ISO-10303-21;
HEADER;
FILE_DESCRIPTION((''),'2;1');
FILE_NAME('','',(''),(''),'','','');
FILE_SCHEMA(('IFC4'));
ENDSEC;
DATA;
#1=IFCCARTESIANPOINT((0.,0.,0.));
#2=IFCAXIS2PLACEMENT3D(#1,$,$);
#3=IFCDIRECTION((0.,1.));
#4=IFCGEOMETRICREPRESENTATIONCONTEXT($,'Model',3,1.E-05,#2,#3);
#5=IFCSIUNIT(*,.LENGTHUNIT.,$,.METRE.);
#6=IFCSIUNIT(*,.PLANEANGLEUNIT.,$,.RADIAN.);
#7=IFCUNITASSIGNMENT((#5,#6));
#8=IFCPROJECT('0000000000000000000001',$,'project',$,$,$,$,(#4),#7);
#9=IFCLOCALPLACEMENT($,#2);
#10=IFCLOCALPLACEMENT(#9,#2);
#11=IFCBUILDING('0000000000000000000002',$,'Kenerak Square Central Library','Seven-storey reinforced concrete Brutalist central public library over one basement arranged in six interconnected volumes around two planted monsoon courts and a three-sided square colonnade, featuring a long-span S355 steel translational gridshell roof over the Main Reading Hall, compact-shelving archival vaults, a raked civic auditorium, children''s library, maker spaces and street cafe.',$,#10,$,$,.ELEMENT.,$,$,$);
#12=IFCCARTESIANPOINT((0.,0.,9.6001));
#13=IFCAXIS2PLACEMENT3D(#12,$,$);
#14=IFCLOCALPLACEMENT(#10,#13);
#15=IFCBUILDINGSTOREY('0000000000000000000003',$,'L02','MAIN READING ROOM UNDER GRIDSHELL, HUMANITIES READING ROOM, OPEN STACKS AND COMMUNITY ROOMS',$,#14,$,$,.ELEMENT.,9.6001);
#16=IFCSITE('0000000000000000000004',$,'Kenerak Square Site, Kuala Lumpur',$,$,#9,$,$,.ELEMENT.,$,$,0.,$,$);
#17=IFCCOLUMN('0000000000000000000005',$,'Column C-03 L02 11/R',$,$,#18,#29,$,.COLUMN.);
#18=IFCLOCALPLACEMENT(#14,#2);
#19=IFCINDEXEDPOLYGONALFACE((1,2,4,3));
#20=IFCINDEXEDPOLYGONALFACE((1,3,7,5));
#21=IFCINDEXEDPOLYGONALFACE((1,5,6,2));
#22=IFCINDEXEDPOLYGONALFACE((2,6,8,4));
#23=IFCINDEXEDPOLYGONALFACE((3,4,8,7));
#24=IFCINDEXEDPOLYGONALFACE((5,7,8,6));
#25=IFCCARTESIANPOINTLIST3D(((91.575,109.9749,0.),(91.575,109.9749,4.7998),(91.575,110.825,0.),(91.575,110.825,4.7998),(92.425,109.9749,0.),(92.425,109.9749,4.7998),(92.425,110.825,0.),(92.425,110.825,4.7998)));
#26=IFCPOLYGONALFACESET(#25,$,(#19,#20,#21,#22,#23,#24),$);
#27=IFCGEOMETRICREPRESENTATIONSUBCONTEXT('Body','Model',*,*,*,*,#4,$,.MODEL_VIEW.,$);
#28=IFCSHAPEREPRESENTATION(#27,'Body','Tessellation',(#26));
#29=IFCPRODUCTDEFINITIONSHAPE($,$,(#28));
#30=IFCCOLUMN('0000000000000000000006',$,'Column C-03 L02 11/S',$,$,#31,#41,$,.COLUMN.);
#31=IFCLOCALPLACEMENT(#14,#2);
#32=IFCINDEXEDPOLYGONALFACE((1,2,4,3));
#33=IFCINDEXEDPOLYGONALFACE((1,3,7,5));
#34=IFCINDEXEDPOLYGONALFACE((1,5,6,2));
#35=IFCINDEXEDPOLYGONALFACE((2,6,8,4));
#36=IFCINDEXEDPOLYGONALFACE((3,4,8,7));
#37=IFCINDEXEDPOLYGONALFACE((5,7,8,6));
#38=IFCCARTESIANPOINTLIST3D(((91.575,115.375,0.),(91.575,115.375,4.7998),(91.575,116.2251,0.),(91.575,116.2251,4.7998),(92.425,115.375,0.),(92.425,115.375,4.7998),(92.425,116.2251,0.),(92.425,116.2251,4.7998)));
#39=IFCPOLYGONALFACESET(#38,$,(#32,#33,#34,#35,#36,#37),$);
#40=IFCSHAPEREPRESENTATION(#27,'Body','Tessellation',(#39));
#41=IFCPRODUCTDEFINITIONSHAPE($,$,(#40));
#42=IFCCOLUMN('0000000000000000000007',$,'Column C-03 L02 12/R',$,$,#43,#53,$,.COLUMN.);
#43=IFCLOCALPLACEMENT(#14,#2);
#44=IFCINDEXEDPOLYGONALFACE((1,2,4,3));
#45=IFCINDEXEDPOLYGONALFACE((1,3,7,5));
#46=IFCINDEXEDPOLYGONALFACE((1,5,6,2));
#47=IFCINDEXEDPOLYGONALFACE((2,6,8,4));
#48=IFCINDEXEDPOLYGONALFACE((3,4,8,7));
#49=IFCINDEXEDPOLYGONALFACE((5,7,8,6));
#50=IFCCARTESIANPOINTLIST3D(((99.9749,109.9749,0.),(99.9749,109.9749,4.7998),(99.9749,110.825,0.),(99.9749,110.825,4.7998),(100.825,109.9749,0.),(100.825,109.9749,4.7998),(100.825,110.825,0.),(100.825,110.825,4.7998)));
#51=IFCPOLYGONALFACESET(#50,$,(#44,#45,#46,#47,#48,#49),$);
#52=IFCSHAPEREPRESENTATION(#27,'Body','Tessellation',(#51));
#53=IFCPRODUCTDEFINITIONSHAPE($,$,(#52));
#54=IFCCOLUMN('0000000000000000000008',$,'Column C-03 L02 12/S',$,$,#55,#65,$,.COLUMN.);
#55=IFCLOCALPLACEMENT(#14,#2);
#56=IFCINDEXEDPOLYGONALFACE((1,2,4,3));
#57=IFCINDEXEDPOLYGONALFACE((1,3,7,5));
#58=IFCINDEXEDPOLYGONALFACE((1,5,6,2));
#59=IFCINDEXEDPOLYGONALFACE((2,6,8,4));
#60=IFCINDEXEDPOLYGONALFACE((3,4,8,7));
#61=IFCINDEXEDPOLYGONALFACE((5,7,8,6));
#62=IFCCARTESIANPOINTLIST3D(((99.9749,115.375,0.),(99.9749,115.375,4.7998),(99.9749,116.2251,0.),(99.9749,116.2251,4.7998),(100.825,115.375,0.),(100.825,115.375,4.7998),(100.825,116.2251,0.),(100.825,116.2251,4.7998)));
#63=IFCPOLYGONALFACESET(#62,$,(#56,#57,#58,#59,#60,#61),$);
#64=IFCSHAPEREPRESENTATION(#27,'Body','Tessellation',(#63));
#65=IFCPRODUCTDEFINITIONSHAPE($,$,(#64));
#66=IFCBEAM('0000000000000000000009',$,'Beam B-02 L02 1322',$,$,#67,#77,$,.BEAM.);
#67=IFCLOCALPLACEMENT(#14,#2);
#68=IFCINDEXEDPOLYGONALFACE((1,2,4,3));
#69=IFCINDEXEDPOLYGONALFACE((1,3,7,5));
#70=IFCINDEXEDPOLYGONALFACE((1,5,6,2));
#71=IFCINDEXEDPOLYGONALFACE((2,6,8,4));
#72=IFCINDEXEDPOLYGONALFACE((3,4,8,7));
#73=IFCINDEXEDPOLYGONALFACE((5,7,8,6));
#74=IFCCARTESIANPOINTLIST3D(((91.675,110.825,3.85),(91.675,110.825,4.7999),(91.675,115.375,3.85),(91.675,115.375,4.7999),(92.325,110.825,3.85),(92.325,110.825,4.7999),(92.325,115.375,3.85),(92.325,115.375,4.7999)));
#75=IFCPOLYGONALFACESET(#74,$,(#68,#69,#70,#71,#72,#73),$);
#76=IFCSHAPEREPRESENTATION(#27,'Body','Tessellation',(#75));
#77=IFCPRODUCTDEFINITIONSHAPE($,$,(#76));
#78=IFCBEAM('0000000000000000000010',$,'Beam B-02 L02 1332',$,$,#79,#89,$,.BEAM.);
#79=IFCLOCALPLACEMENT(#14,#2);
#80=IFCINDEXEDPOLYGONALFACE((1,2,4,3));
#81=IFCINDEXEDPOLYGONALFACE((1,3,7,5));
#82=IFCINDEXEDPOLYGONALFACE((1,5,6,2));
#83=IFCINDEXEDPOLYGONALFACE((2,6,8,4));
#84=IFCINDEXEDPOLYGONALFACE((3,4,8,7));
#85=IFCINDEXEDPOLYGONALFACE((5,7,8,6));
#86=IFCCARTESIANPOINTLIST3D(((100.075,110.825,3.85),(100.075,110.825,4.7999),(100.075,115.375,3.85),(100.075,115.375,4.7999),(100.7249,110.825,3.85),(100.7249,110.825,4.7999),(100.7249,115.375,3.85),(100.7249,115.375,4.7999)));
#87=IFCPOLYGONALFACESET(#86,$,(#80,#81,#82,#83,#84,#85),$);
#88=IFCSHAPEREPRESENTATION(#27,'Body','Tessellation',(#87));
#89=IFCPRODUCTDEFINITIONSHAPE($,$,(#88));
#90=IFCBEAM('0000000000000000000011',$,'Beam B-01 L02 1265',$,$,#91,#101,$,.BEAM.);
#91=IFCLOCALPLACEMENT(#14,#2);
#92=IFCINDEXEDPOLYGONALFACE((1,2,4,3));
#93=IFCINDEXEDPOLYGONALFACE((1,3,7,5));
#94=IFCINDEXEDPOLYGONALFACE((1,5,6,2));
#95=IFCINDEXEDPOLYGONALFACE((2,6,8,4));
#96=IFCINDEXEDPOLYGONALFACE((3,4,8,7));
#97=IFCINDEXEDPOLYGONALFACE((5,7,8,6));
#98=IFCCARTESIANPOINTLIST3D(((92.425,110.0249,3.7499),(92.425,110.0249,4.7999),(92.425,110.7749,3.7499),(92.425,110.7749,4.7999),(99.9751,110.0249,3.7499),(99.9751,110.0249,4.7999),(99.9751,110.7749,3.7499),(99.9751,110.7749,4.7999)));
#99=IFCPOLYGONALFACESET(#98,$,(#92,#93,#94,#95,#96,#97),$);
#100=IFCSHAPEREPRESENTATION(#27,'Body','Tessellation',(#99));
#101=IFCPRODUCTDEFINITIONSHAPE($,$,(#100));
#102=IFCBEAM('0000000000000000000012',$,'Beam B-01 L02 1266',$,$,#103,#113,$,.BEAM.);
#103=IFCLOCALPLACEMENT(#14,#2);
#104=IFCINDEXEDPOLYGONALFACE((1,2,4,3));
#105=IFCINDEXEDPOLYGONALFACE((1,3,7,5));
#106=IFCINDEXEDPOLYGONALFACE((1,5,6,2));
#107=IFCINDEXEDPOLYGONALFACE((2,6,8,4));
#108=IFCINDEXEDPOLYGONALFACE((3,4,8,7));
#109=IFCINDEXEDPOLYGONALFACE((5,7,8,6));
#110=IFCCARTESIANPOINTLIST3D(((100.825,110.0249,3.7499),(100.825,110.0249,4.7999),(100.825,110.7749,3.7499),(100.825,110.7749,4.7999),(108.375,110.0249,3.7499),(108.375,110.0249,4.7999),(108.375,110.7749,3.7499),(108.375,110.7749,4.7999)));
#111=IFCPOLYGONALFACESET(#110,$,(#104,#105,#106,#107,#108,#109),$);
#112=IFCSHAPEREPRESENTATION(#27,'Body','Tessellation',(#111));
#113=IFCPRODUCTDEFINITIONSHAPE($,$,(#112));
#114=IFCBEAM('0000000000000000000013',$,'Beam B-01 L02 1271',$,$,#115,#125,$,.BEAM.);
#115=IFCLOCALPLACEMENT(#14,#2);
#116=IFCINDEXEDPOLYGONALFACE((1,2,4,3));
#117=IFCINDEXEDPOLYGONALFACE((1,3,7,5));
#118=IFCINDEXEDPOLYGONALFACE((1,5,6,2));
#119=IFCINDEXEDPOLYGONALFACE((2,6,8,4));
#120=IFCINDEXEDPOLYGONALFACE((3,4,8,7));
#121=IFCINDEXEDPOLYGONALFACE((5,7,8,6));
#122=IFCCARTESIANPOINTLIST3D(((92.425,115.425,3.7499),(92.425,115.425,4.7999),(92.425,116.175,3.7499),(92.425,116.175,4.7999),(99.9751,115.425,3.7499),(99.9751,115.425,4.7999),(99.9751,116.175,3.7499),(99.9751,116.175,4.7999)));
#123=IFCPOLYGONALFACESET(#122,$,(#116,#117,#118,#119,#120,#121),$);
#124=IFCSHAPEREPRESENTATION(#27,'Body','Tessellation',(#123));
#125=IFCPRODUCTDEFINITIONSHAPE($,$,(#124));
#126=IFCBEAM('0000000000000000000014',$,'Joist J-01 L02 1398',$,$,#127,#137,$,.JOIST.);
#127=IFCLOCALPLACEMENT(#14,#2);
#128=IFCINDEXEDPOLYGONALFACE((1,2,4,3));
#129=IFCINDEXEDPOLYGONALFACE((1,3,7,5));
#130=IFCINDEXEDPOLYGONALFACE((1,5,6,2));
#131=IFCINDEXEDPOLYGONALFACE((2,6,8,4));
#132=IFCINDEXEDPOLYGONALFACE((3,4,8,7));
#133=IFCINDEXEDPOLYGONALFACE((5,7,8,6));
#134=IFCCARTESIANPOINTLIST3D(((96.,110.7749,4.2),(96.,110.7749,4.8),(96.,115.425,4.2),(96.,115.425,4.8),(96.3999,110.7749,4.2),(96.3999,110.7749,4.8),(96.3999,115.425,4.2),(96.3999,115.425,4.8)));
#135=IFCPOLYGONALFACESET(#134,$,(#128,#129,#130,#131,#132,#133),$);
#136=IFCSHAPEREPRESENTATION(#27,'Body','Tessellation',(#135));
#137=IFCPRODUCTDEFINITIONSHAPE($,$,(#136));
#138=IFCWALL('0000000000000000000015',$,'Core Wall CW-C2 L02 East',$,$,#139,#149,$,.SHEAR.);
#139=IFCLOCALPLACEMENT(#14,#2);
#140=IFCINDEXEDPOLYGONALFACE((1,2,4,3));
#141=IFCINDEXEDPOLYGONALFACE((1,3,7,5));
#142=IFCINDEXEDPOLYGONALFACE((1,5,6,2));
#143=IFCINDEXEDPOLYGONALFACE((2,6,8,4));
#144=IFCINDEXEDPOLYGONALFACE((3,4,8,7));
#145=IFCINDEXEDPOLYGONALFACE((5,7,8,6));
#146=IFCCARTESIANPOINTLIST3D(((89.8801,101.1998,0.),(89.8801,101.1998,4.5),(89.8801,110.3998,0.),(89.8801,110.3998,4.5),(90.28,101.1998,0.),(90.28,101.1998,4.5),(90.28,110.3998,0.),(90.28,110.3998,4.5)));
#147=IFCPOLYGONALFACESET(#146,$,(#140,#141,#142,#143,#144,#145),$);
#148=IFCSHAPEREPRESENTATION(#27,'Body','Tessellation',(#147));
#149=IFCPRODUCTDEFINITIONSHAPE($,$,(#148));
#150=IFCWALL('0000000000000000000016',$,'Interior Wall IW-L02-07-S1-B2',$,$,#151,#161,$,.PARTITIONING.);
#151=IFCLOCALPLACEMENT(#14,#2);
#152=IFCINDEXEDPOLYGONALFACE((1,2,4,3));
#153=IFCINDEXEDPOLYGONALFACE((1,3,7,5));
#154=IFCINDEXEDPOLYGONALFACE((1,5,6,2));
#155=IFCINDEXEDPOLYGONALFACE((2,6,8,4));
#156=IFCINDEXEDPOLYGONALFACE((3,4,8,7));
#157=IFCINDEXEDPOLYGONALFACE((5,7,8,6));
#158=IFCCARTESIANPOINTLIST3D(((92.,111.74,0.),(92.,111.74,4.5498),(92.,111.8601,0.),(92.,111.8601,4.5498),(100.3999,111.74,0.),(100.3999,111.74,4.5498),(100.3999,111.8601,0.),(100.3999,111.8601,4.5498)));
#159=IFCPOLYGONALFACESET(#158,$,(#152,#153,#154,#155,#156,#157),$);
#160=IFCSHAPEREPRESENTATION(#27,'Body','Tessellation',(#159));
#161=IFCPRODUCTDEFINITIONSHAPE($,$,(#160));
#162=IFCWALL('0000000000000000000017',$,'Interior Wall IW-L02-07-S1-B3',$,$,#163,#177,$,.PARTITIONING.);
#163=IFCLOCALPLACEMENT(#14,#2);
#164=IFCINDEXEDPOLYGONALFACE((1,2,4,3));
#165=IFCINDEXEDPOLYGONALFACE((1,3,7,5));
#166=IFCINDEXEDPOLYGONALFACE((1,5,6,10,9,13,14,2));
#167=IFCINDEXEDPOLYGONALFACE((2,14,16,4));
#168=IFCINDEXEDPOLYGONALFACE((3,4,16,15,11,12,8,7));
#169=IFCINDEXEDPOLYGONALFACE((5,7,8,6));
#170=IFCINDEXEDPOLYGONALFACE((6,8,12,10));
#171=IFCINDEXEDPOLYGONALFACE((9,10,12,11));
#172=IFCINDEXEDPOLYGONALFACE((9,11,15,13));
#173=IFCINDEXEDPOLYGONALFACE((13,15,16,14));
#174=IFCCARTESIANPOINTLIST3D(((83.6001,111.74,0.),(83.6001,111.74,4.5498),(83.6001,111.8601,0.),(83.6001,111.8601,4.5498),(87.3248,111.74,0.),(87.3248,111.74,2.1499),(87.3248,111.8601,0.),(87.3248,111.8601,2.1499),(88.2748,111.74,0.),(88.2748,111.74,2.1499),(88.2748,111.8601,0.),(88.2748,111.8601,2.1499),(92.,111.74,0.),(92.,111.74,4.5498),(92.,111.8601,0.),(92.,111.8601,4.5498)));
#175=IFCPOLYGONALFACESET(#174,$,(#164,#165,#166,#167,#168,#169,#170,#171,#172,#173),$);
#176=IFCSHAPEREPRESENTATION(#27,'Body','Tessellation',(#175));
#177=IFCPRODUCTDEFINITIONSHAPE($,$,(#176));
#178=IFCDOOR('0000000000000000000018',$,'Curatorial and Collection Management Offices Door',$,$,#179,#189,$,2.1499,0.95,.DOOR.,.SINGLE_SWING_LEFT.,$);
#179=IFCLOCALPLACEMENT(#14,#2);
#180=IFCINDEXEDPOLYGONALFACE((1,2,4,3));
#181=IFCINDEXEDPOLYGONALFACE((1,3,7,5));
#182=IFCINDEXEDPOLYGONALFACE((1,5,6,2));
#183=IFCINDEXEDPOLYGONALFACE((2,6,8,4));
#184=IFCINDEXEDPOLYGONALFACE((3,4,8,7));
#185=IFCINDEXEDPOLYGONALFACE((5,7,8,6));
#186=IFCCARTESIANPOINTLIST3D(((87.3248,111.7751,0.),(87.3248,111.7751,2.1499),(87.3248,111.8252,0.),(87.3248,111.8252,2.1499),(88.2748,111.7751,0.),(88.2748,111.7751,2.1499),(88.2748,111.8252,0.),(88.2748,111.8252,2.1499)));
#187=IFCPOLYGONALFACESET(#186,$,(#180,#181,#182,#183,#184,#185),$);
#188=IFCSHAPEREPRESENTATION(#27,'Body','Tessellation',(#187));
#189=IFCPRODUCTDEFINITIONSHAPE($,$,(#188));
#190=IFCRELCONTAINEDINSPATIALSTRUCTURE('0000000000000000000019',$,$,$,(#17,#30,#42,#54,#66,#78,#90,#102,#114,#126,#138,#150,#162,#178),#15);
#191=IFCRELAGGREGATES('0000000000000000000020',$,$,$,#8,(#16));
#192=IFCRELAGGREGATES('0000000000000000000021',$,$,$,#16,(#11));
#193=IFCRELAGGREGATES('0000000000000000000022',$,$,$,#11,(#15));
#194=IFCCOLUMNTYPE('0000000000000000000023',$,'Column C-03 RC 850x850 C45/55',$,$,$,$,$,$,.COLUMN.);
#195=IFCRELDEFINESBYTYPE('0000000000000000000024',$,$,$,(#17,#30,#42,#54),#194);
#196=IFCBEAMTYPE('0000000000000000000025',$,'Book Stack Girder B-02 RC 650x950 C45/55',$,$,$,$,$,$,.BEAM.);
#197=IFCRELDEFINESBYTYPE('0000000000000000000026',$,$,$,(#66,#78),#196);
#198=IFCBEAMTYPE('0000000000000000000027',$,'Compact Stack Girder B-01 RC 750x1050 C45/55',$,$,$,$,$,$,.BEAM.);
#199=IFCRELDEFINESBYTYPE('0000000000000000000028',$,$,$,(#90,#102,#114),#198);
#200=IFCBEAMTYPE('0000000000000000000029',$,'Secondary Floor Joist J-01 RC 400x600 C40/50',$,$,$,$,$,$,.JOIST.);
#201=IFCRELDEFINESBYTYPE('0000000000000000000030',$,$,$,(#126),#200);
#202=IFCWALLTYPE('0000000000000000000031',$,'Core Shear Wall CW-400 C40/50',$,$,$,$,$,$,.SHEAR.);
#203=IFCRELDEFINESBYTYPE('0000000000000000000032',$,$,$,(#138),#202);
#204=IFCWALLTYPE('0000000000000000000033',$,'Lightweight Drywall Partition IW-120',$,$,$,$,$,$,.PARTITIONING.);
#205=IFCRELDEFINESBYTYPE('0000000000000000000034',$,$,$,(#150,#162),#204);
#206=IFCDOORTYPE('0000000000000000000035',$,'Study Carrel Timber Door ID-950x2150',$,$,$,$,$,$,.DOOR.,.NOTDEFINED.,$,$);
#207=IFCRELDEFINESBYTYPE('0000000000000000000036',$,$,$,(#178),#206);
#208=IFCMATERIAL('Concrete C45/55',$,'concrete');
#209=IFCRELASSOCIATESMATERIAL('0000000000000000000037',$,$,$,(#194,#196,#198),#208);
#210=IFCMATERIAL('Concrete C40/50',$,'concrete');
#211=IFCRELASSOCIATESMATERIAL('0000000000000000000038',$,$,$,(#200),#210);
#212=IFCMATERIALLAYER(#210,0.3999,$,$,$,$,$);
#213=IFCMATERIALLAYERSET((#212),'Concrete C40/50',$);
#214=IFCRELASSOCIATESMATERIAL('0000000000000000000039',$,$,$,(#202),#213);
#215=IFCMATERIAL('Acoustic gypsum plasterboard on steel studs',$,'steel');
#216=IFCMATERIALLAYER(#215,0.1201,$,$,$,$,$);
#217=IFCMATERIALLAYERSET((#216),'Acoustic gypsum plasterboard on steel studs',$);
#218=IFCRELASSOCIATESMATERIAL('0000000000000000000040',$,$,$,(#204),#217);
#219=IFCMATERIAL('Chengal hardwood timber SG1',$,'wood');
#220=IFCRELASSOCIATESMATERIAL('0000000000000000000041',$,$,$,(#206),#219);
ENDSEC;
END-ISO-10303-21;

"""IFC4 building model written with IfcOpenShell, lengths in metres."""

from ifc_helpers import new_model, si_unit, direction, frame, frame_2d, origin, origin_2d, place, context, subcontext, project, spatial, rectangle, extrude, material, layer, layer_set, material_profile, profile_set, type_object, element, fill, save


model = new_model("IFC4")

# Units and contexts
model_context = context("Model", 3, precision=1e-05, world=origin(), true_north=direction((0.0, 1.0)))
body_context = subcontext(model_context, "Body", "Model", "MODEL_VIEW")
ifc_project = project(units=[si_unit("LENGTHUNIT", "METRE"), si_unit("PLANEANGLEUNIT", "RADIAN")], contexts=[model_context])

# Site, building, storey
site_placement = place(None, origin())
site = spatial("IfcSite", under=ifc_project, at=site_placement, Name="Kenerak Square Site, Kuala Lumpur", CompositionType="ELEMENT", RefElevation=0.0)
building_placement = place(site_placement, origin())
building = spatial("IfcBuilding", under=site, at=building_placement, Name="Kenerak Square Central Library", Description="Seven-storey reinforced concrete Brutalist central public library over one basement arranged in six interconnected volumes around two planted monsoon courts and a three-sided square colonnade, featuring a long-span S355 steel translational gridshell roof over the Main Reading Hall, compact-shelving archival vaults, a raked civic auditorium, children's library, maker spaces and street cafe.", CompositionType="ELEMENT")
storey_placement = place(building_placement, frame((0.0, 0.0, 9.6001)))
storey = spatial("IfcBuildingStorey", under=building, at=storey_placement, Name="L02", Description="MAIN READING ROOM UNDER GRIDSHELL, HUMANITIES READING ROOM, OPEN STACKS AND COMMUNITY ROOMS", CompositionType="ELEMENT", Elevation=9.6001)

# Columns
ifc_material_1 = material(Name="Concrete C45/55", Category="concrete")
ifc_material_profile_1 = material_profile(ifc_material_1, rectangle(XDim=0.8501, YDim=0.8501, at=origin_2d()), Name="RC 850x850")
ifc_profile_set_1 = profile_set([ifc_material_profile_1], Name="Concrete C45/55")
column_type = type_object("IfcColumnType", Name="Column C-03 RC 850x850 C45/55", PredefinedType="COLUMN", material=ifc_profile_set_1)
for number, where, z_axis, x_axis, name in (
    (1, (92.0, 110.3999, 0.0), (0.0, 0.0, 1.0), (1.0, 0.0, 0.0), "Column C-03 L02 11/R"),
    (2, (92.0, 115.8, 0.0), (0.0, 0.0, 1.0), (1.0, 0.0, 0.0), "Column C-03 L02 11/S"),
    (3, (100.3999, 110.3999, 0.0), (0.0, 0.0, 1.0), (1.0, 0.0, 0.0), "Column C-03 L02 12/R"),
    (4, (100.3999, 115.8, 0.0), (0.0, 0.0, 1.0), (1.0, 0.0, 0.0), "Column C-03 L02 12/S"),
):
    element("IfcColumn", number, at=place(storey_placement, frame(where, z_axis=z_axis, x_axis=x_axis)), inside=storey, type_object=column_type, Name=name, PredefinedType="COLUMN", context=body_context, shape_type="SweptSolid", body=[
        extrude(rectangle(XDim=0.8501, YDim=0.8501, at=origin_2d()), origin(), (0.0, 0.0, 1.0), 4.7998),
    ])

# Beams
ifc_material_profile_2 = material_profile(ifc_material_1, rectangle(XDim=0.6499, YDim=0.95, at=origin_2d()), Name="RC 650x950")
ifc_profile_set_2 = profile_set([ifc_material_profile_2], Name="Concrete C45/55")
beam_type_1 = type_object("IfcBeamType", Name="Book Stack Girder B-02 RC 650x950 C45/55", PredefinedType="BEAM", material=ifc_profile_set_2)
for number, where, z_axis, x_axis, name in (
    (5, (92.0, 110.825, 4.325), (0.0, 1.0, 0.0), (-1.0, 0.0, 0.0), "Beam B-02 L02 1322"),
    (6, (100.3999, 110.825, 4.325), (0.0, 1.0, 0.0), (-1.0, 0.0, 0.0), "Beam B-02 L02 1332"),
):
    element("IfcBeam", number, at=place(storey_placement, frame(where, z_axis=z_axis, x_axis=x_axis)), inside=storey, type_object=beam_type_1, Name=name, PredefinedType="BEAM", context=body_context, shape_type="SweptSolid", body=[
        extrude(rectangle(XDim=0.6499, YDim=0.95, at=origin_2d()), origin(), (0.0, 0.0, 1.0), 4.55),
    ])
ifc_material_profile_3 = material_profile(ifc_material_1, rectangle(XDim=0.75, YDim=1.05, at=origin_2d()), Name="RC 750x1050")
ifc_profile_set_3 = profile_set([ifc_material_profile_3], Name="Concrete C45/55")
beam_type_2 = type_object("IfcBeamType", Name="Compact Stack Girder B-01 RC 750x1050 C45/55", PredefinedType="BEAM", material=ifc_profile_set_3)
for number, where, z_axis, x_axis, name in (
    (7, (92.425, 110.3999, 4.2749), (1.0, 0.0, 0.0), (0.0, 1.0, 0.0), "Beam B-01 L02 1265"),
    (8, (100.825, 110.3999, 4.2749), (1.0, 0.0, 0.0), (0.0, 1.0, 0.0), "Beam B-01 L02 1266"),
    (9, (92.425, 115.8, 4.2749), (1.0, 0.0, 0.0), (0.0, 1.0, 0.0), "Beam B-01 L02 1271"),
):
    element("IfcBeam", number, at=place(storey_placement, frame(where, z_axis=z_axis, x_axis=x_axis)), inside=storey, type_object=beam_type_2, Name=name, PredefinedType="BEAM", context=body_context, shape_type="SweptSolid", body=[
        extrude(rectangle(XDim=0.75, YDim=1.05, at=origin_2d()), origin(), (0.0, 0.0, 1.0), 7.55),
    ])
ifc_material_2 = material(Name="Concrete C40/50", Category="concrete")
ifc_material_profile_4 = material_profile(ifc_material_2, rectangle(XDim=0.3999, YDim=0.6001, at=origin_2d()), Name="RC 400x600")
ifc_profile_set_4 = profile_set([ifc_material_profile_4], Name="Concrete C40/50")
beam_type_3 = type_object("IfcBeamType", Name="Secondary Floor Joist J-01 RC 400x600 C40/50", PredefinedType="JOIST", material=ifc_profile_set_4)
beam_placement = place(storey_placement, frame((96.2, 110.7749, 4.5), z_axis=(0.0, 1.0, 0.0), x_axis=(-1.0, 0.0, 0.0)))
element("IfcBeam", 10, at=beam_placement, inside=storey, type_object=beam_type_3, Name="Joist J-01 L02 1398", PredefinedType="JOIST", context=body_context, shape_type="SweptSolid", body=[
    extrude(rectangle(XDim=0.3999, YDim=0.6001, at=origin_2d()), origin(), (0.0, 0.0, 1.0), 4.6501),
])

# Walls
ifc_layer_1 = layer(ifc_material_2, 0.3999)
ifc_layer_set_1 = layer_set([ifc_layer_1], Name="Concrete C40/50")
wall_type_1 = type_object("IfcWallType", Name="Core Shear Wall CW-400 C40/50", PredefinedType="SHEAR", material=ifc_layer_set_1)
wall_1_placement = place(storey_placement, frame((90.0801, 110.3999, 0.0), z_axis=(0.0, 0.0, 1.0), x_axis=(0.0, -1.0, 0.0)))
element("IfcWall", 11, at=wall_1_placement, inside=storey, type_object=wall_type_1, Name="Core Wall CW-C2 L02 East", PredefinedType="SHEAR", context=body_context, shape_type="SweptSolid", body=[
    extrude(rectangle(XDim=9.2, YDim=0.3999, at=frame_2d((4.6001, 0.0))), origin(), (0.0, 0.0, 1.0), 4.5),
])
ifc_material_3 = material(Name="Acoustic gypsum plasterboard on steel studs", Category="steel")
ifc_layer_2 = layer(ifc_material_3, 0.1201)
ifc_layer_set_2 = layer_set([ifc_layer_2], Name="Acoustic gypsum plasterboard on steel studs")
wall_type_2 = type_object("IfcWallType", Name="Lightweight Drywall Partition IW-120", PredefinedType="PARTITIONING", material=ifc_layer_set_2)
wall_2_placement = place(storey_placement, frame((100.3999, 111.8, 0.0), z_axis=(0.0, 0.0, 1.0), x_axis=(-1.0, 0.0, 0.0)))
element("IfcWall", 12, at=wall_2_placement, inside=storey, type_object=wall_type_2, Name="Interior Wall IW-L02-07-S1-B2", PredefinedType="PARTITIONING", context=body_context, shape_type="SweptSolid", body=[
    extrude(rectangle(XDim=8.3999, YDim=0.1201, at=frame_2d((4.2, 0.0))), origin(), (0.0, 0.0, 1.0), 4.5498),
])

# Wall, opening, door
wall_3_placement = place(storey_placement, frame((92.0, 111.8, 0.0), z_axis=(0.0, 0.0, 1.0), x_axis=(-1.0, 0.0, 0.0)))
wall_3 = element("IfcWall", 13, at=wall_3_placement, inside=storey, type_object=wall_type_2, Name="Interior Wall IW-L02-07-S1-B3", PredefinedType="PARTITIONING", context=body_context, shape_type="SweptSolid", body=[
    extrude(rectangle(XDim=8.3999, YDim=0.1201, at=frame_2d((4.2, 0.0))), origin(), (0.0, 0.0, 1.0), 4.5498),
])
opening_1_placement = place(wall_3_placement, frame((3.7251, 0.0, 0.0)))
opening_1 = element("IfcOpeningElement", 14, at=opening_1_placement, cuts=wall_3, PredefinedType="OPENING", context=body_context, shape_type="SweptSolid", body=[
    extrude(rectangle(XDim=0.95, YDim=2.1499, at=frame_2d((0.4751, 1.075))), frame((0.0, 0.0701, 0.0), z_axis=(0.0, -1.0, 0.0), x_axis=(1.0, 0.0, 0.0)), (0.0, 0.0, 1.0), 0.1401),
])
ifc_material_4 = material(Name="Chengal hardwood timber SG1", Category="wood")
door_type = type_object("IfcDoorType", Name="Study Carrel Timber Door ID-950x2150", OperationType="NOTDEFINED", PredefinedType="DOOR", material=ifc_material_4)
door_placement = place(opening_1_placement, origin())
door = element("IfcDoor", 15, at=door_placement, inside=storey, type_object=door_type, Name="Curatorial and Collection Management Offices Door", OperationType="SINGLE_SWING_LEFT", OverallHeight=2.1499, OverallWidth=0.95, PredefinedType="DOOR", context=body_context, shape_type="SweptSolid", body=[
    extrude(rectangle(XDim=0.95, YDim=2.1499, at=frame_2d((0.4751, 1.075))), frame((0.0, 0.0249, 0.0), z_axis=(0.0, -1.0, 0.0), x_axis=(1.0, 0.0, 0.0)), (0.0, 0.0, 1.0), 0.05),
])
fill(opening_1, door)

save(model, "model.ifc")
